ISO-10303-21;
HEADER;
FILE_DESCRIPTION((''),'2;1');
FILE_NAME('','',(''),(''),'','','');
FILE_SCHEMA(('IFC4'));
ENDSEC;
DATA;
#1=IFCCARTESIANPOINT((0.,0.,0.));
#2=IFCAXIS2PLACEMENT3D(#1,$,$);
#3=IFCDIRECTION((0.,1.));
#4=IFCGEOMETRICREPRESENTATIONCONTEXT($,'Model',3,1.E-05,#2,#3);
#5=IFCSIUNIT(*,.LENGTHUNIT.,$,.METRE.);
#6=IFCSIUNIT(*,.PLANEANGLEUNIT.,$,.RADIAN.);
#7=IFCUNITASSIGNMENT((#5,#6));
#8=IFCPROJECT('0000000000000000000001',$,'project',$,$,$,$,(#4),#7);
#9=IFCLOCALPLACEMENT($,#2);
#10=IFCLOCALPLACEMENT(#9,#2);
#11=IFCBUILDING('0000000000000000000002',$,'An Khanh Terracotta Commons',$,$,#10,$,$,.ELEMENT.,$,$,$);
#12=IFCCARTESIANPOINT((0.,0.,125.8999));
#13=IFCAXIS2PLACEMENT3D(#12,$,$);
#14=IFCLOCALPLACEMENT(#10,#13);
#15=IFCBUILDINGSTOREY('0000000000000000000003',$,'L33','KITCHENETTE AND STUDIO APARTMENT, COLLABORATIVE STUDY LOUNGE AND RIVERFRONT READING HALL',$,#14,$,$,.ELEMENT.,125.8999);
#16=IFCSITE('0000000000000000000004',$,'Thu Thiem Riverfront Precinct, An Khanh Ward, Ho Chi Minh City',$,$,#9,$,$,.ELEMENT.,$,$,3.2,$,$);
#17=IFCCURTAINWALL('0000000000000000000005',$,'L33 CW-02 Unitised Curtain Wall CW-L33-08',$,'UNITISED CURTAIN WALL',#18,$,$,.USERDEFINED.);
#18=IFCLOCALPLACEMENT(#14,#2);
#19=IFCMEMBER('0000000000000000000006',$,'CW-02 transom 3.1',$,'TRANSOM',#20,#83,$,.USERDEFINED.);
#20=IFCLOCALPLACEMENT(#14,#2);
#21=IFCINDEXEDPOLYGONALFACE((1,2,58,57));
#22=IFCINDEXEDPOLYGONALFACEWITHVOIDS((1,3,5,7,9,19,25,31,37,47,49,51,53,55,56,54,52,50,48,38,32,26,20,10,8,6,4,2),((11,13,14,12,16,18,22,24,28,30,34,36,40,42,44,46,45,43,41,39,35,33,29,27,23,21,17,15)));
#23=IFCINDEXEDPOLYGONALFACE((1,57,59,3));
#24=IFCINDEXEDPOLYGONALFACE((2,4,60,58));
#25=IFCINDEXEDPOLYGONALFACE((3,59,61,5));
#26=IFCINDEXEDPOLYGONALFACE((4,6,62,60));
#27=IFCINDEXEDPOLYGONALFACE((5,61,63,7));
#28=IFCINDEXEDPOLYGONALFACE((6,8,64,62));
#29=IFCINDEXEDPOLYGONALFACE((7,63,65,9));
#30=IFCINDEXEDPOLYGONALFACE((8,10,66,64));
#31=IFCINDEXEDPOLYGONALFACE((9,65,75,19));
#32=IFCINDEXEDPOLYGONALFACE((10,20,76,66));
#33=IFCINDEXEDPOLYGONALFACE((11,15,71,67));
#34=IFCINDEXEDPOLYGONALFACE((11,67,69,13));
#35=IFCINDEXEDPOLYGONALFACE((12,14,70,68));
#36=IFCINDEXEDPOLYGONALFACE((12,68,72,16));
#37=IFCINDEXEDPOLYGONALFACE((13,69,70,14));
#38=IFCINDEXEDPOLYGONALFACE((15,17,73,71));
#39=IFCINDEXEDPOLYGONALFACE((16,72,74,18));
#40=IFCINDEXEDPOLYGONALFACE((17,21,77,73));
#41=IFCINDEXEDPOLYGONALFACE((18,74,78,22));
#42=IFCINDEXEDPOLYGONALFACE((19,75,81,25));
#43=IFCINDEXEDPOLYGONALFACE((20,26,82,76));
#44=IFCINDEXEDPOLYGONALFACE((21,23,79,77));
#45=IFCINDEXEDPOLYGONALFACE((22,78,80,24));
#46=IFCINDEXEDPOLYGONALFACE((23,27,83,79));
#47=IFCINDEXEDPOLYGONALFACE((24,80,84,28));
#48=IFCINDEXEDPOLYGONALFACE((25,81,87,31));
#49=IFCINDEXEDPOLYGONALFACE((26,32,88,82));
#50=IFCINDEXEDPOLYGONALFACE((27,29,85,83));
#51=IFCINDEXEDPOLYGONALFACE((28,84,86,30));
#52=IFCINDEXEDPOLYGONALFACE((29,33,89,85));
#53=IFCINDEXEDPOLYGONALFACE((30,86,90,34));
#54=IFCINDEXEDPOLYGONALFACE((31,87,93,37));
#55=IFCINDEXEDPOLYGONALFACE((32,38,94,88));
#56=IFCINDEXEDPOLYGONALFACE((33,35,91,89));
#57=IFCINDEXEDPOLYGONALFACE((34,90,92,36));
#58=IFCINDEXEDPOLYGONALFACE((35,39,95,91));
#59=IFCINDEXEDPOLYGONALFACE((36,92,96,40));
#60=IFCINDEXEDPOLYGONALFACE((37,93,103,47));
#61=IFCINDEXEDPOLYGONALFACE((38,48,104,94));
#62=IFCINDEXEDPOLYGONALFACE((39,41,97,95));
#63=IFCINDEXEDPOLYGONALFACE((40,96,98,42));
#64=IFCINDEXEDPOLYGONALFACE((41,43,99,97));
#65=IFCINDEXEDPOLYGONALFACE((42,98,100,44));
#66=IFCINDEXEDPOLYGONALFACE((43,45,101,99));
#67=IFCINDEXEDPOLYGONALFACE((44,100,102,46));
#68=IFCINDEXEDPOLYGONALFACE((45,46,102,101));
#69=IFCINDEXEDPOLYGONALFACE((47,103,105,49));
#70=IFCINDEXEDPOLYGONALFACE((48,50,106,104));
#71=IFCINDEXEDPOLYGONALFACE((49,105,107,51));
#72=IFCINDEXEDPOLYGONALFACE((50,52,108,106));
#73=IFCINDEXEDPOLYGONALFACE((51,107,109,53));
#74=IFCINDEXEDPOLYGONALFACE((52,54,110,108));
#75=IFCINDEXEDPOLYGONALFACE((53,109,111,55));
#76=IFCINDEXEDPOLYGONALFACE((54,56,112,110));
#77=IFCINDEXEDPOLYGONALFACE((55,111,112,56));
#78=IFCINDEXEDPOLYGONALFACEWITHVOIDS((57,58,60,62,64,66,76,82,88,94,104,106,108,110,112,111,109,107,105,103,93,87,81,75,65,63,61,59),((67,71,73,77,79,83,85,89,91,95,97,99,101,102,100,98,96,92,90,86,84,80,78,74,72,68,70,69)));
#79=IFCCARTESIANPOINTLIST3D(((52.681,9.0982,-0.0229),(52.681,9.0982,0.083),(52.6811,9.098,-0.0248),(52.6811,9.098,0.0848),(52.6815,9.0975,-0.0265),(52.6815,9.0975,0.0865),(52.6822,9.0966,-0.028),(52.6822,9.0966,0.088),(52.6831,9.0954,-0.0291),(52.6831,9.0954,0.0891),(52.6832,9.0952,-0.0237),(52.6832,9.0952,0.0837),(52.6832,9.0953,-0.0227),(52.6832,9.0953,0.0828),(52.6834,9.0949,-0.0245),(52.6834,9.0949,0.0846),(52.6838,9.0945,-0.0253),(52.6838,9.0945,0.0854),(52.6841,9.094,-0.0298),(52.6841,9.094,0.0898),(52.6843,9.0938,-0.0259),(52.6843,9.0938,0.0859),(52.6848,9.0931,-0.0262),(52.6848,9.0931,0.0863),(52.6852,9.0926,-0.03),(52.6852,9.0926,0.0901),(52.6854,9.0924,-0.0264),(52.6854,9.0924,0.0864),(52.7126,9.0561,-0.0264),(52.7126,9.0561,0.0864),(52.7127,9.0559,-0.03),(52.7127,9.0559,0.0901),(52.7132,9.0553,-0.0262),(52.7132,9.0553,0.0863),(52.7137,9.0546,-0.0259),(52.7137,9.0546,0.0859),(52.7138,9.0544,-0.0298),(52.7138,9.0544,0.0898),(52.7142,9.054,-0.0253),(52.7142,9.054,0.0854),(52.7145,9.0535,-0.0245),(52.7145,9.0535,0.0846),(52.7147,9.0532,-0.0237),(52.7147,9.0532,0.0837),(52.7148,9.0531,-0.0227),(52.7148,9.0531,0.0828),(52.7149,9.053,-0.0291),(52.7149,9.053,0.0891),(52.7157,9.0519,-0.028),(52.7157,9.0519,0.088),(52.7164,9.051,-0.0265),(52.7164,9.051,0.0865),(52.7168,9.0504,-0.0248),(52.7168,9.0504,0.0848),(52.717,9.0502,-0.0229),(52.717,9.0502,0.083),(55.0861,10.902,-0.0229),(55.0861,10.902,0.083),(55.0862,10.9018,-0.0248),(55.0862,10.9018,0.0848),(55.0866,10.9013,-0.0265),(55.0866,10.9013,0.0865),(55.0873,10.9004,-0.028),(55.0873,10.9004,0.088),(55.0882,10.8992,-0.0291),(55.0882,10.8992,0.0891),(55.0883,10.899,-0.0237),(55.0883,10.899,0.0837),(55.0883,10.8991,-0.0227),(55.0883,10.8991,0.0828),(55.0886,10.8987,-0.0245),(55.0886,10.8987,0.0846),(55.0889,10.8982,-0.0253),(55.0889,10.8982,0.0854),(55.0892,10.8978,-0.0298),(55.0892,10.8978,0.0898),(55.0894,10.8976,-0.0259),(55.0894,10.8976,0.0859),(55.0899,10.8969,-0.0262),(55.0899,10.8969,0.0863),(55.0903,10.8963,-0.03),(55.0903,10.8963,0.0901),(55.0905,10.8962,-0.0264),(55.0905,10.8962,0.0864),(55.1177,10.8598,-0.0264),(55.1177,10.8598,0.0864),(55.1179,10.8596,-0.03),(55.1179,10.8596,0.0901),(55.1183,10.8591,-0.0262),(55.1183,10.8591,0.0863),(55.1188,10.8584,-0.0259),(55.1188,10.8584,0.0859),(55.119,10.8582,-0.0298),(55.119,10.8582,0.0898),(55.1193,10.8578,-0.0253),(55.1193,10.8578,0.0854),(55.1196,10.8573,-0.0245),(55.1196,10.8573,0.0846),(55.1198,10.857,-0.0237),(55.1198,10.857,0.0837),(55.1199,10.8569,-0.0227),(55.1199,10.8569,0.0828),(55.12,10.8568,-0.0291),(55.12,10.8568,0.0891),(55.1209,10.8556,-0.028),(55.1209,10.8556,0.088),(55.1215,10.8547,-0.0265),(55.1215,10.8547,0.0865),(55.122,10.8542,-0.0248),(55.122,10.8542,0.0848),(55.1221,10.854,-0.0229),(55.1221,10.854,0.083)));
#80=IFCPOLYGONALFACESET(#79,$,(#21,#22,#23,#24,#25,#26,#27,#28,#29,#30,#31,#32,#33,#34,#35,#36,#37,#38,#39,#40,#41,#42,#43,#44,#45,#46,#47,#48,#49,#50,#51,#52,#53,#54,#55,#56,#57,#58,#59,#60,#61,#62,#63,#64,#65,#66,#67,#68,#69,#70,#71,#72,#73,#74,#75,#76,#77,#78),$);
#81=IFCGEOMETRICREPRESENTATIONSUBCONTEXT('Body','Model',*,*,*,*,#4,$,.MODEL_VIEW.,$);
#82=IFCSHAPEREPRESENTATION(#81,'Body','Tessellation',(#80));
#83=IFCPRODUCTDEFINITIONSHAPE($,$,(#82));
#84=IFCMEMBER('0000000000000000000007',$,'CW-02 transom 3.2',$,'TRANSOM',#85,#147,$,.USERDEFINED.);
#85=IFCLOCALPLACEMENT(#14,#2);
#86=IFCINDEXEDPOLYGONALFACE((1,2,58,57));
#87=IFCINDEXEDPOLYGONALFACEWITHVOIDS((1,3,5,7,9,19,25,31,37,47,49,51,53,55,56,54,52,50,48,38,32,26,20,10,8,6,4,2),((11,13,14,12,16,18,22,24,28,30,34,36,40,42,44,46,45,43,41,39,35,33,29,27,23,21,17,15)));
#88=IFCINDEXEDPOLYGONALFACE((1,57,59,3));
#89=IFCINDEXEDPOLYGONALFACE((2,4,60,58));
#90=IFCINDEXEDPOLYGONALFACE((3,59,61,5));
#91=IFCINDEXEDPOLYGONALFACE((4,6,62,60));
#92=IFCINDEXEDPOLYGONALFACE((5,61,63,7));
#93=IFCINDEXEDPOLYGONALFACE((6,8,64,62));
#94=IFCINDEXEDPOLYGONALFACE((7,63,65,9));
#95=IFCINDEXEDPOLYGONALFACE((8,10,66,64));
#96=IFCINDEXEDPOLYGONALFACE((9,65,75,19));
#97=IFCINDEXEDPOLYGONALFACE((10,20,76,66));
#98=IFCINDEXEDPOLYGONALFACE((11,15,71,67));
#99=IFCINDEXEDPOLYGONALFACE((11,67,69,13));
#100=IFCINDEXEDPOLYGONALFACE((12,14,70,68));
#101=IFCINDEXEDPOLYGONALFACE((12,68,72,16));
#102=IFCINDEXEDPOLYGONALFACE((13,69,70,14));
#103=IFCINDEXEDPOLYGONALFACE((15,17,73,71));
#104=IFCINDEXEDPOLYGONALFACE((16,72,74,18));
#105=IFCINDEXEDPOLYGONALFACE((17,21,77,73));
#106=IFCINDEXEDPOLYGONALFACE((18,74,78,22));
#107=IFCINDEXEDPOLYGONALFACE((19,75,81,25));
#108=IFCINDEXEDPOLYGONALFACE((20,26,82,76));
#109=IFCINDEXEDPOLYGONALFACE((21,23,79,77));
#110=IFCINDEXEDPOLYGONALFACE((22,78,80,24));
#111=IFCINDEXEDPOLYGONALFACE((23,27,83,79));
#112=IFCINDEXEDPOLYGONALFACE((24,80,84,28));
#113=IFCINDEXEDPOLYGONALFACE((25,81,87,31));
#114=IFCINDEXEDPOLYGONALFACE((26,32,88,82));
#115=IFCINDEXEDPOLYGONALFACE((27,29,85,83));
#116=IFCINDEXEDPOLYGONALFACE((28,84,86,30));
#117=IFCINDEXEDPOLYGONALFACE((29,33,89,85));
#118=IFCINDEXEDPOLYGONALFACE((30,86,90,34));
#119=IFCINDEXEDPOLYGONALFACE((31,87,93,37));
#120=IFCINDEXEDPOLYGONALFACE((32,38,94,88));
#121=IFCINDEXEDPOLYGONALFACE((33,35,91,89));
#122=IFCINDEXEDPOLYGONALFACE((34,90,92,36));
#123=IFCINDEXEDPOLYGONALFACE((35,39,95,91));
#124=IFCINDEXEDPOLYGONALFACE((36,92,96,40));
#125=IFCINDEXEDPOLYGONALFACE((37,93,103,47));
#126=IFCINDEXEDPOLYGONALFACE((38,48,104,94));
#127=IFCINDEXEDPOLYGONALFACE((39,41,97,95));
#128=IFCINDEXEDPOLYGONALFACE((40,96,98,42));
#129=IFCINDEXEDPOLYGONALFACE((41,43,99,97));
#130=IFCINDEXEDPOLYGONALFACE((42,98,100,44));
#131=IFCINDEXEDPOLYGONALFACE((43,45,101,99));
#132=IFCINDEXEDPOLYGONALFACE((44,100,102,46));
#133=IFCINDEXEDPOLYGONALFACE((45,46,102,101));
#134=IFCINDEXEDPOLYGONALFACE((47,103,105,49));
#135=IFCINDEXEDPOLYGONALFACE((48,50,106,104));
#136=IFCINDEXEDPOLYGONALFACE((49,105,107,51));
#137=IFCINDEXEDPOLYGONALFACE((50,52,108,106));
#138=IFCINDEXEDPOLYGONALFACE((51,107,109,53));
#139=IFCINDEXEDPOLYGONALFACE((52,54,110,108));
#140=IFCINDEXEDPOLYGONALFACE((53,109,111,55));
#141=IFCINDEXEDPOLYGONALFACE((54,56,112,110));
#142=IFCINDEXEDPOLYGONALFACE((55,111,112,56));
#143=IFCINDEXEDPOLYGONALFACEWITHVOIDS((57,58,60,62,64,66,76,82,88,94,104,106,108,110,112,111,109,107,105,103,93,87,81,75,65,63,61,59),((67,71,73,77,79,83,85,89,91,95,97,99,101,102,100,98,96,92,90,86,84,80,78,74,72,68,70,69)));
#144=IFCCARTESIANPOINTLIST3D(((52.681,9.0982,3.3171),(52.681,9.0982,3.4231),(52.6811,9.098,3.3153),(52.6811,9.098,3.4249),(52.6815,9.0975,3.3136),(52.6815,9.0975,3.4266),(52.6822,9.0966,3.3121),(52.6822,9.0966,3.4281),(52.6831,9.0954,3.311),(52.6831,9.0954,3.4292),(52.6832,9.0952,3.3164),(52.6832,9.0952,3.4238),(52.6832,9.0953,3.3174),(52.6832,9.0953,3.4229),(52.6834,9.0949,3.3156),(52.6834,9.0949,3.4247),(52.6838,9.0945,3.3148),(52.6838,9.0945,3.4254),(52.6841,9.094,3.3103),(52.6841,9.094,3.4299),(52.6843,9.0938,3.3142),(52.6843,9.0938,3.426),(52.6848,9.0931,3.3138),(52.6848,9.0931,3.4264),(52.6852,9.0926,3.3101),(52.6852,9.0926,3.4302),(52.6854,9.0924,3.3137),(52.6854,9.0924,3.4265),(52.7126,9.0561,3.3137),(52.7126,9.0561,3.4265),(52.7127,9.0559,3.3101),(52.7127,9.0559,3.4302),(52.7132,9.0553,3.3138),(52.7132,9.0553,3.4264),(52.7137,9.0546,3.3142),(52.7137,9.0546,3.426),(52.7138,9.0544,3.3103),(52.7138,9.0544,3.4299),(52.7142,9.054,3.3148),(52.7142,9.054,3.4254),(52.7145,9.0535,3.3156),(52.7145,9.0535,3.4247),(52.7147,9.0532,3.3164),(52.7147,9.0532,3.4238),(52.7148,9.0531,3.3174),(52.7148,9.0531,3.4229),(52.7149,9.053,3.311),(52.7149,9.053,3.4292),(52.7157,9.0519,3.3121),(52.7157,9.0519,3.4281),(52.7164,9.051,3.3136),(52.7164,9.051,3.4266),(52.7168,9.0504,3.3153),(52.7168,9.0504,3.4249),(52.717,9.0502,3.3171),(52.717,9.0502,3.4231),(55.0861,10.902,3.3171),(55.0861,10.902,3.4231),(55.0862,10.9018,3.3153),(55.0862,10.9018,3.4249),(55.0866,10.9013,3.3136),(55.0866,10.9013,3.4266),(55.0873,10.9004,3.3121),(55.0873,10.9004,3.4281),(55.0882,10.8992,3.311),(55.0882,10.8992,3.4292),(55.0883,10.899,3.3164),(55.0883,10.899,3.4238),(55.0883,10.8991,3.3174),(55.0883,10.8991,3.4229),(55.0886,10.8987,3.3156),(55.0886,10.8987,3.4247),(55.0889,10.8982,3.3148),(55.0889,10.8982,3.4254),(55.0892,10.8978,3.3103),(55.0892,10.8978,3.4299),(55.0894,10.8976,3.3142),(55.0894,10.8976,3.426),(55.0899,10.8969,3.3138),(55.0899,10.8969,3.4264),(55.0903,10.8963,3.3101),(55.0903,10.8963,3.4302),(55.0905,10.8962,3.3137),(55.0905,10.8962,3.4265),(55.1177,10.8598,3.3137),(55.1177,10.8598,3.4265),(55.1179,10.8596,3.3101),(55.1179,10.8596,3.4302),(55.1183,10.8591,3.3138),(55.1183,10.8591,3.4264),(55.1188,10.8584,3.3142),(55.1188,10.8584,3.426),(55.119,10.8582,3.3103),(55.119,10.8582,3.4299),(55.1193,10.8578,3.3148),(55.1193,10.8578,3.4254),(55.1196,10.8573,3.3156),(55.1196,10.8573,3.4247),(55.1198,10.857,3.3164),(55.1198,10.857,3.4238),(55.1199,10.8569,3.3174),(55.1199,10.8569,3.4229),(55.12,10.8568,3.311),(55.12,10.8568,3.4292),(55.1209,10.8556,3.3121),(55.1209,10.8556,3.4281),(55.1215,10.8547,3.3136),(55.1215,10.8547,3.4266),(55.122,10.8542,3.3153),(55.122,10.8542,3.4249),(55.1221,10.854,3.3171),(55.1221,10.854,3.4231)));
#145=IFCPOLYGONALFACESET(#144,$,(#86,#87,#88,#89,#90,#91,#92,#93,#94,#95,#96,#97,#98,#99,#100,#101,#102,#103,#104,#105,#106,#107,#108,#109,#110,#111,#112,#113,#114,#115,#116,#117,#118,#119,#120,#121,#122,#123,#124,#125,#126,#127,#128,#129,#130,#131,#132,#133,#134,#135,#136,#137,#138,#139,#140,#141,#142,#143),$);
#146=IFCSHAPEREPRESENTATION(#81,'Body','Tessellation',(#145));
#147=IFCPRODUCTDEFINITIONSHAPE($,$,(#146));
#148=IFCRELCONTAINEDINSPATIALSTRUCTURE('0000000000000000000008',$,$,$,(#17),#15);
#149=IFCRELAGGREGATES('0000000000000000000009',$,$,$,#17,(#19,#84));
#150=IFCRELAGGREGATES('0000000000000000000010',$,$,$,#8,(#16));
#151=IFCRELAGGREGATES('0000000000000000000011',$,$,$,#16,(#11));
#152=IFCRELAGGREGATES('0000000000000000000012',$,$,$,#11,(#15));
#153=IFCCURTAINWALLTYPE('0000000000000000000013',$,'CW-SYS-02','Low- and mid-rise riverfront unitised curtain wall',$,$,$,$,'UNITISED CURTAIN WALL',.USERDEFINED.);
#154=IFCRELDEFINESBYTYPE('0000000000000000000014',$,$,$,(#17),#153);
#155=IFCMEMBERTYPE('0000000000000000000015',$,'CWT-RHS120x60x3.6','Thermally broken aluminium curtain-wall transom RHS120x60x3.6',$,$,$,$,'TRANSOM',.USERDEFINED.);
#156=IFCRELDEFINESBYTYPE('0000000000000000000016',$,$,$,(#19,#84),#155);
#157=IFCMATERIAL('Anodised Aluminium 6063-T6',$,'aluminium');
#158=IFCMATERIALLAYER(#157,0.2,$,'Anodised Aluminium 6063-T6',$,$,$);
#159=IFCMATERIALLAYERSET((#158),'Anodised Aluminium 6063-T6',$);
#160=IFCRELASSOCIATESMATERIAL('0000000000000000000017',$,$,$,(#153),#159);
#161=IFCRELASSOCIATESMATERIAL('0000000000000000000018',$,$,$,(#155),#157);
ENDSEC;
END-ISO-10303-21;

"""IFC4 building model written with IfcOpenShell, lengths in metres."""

from ifc_helpers import new_model, si_unit, direction, frame, origin, origin_2d, place, context, subcontext, project, spatial, hollow_rectangle, extrude, material, layer, layer_set, material_profile, profile_set, type_object, element, aggregate, save


model = new_model("IFC4")

# Units and contexts
model_context = context("Model", 3, precision=1e-05, world=origin(), true_north=direction((0.0, 1.0)))
body_context = subcontext(model_context, "Body", "Model", "MODEL_VIEW")
ifc_project = project(units=[si_unit("LENGTHUNIT", "METRE"), si_unit("PLANEANGLEUNIT", "RADIAN")], contexts=[model_context])

# Site, building, storey
site_placement = place(None, origin())
site = spatial("IfcSite", under=ifc_project, at=site_placement, Name="Thu Thiem Riverfront Precinct, An Khanh Ward, Ho Chi Minh City", CompositionType="ELEMENT", RefElevation=3.2)
building_placement = place(site_placement, origin())
building = spatial("IfcBuilding", under=site, at=building_placement, Name="An Khanh Terracotta Commons", CompositionType="ELEMENT")
storey_placement = place(building_placement, frame((0.0, 0.0, 125.8999)))
storey = spatial("IfcBuildingStorey", under=building, at=storey_placement, Name="L33", Description="KITCHENETTE AND STUDIO APARTMENT, COLLABORATIVE STUDY LOUNGE AND RIVERFRONT READING HALL", CompositionType="ELEMENT", Elevation=125.8999)

# Curtain wall, members
ifc_material_1 = material(Name="Anodised Aluminium 6063-T6", Category="aluminium")
ifc_layer_1 = layer(ifc_material_1, 0.2, Name="Anodised Aluminium 6063-T6")
ifc_layer_set_1 = layer_set([ifc_layer_1], Name="Anodised Aluminium 6063-T6")
curtain_wall_type_1 = type_object("IfcCurtainWallType", Name="CW-SYS-02", Description="Low- and mid-rise riverfront unitised curtain wall", ElementType="UNITISED CURTAIN WALL", PredefinedType="USERDEFINED", material=ifc_layer_set_1)
curtain_wall_1_placement = place(storey_placement, origin())
curtain_wall_1 = element("IfcCurtainWall", 1, at=curtain_wall_1_placement, inside=storey, type_object=curtain_wall_type_1, Name="L33 CW-02 Unitised Curtain Wall CW-L33-08", ObjectType="UNITISED CURTAIN WALL", PredefinedType="USERDEFINED")
ifc_material_profile_1 = material_profile(ifc_material_1, hollow_rectangle(XDim=0.0601, YDim=0.1201, WallThickness=0.0037, InnerFilletRadius=0.0037, OuterFilletRadius=0.0071, at=origin_2d()), Name="RHS120x60x3.6")
ifc_profile_set_1 = profile_set([ifc_material_profile_1], Name="Anodised Aluminium 6063-T6")
member_type_1 = type_object("IfcMemberType", Name="CWT-RHS120x60x3.6", Description="Thermally broken aluminium curtain-wall transom RHS120x60x3.6", ElementType="TRANSOM", PredefinedType="USERDEFINED", material=ifc_profile_set_1)
member_1_placement = place(storey_placement, frame((52.699, 9.0742, 0.03), z_axis=(0.80001, 0.599987, 0.0), x_axis=(-0.599987, 0.80001, 0.0)))
member_1 = element("IfcMember", 2, at=member_1_placement, type_object=member_type_1, Name="CW-02 transom 3.1", ObjectType="TRANSOM", PredefinedType="USERDEFINED", context=body_context, shape_type="SweptSolid", body=[
    extrude(hollow_rectangle(XDim=0.0601, YDim=0.1201, WallThickness=0.0037, InnerFilletRadius=0.0037, OuterFilletRadius=0.0071, at=origin_2d()), origin(), (0.0, 0.0, 1.0), 3.0063),
])
member_2_placement = place(storey_placement, frame((52.699, 9.0742, 3.3701), z_axis=(0.80001, 0.599987, 0.0), x_axis=(-0.599987, 0.80001, 0.0)))
member_2 = element("IfcMember", 3, at=member_2_placement, type_object=member_type_1, Name="CW-02 transom 3.2", ObjectType="TRANSOM", PredefinedType="USERDEFINED", context=body_context, shape_type="SweptSolid", body=[
    extrude(hollow_rectangle(XDim=0.0601, YDim=0.1201, WallThickness=0.0037, InnerFilletRadius=0.0037, OuterFilletRadius=0.0071, at=origin_2d()), origin(), (0.0, 0.0, 1.0), 3.0063),
])

aggregate(curtain_wall_1, [member_1, member_2])

save(model, "model.ifc")
